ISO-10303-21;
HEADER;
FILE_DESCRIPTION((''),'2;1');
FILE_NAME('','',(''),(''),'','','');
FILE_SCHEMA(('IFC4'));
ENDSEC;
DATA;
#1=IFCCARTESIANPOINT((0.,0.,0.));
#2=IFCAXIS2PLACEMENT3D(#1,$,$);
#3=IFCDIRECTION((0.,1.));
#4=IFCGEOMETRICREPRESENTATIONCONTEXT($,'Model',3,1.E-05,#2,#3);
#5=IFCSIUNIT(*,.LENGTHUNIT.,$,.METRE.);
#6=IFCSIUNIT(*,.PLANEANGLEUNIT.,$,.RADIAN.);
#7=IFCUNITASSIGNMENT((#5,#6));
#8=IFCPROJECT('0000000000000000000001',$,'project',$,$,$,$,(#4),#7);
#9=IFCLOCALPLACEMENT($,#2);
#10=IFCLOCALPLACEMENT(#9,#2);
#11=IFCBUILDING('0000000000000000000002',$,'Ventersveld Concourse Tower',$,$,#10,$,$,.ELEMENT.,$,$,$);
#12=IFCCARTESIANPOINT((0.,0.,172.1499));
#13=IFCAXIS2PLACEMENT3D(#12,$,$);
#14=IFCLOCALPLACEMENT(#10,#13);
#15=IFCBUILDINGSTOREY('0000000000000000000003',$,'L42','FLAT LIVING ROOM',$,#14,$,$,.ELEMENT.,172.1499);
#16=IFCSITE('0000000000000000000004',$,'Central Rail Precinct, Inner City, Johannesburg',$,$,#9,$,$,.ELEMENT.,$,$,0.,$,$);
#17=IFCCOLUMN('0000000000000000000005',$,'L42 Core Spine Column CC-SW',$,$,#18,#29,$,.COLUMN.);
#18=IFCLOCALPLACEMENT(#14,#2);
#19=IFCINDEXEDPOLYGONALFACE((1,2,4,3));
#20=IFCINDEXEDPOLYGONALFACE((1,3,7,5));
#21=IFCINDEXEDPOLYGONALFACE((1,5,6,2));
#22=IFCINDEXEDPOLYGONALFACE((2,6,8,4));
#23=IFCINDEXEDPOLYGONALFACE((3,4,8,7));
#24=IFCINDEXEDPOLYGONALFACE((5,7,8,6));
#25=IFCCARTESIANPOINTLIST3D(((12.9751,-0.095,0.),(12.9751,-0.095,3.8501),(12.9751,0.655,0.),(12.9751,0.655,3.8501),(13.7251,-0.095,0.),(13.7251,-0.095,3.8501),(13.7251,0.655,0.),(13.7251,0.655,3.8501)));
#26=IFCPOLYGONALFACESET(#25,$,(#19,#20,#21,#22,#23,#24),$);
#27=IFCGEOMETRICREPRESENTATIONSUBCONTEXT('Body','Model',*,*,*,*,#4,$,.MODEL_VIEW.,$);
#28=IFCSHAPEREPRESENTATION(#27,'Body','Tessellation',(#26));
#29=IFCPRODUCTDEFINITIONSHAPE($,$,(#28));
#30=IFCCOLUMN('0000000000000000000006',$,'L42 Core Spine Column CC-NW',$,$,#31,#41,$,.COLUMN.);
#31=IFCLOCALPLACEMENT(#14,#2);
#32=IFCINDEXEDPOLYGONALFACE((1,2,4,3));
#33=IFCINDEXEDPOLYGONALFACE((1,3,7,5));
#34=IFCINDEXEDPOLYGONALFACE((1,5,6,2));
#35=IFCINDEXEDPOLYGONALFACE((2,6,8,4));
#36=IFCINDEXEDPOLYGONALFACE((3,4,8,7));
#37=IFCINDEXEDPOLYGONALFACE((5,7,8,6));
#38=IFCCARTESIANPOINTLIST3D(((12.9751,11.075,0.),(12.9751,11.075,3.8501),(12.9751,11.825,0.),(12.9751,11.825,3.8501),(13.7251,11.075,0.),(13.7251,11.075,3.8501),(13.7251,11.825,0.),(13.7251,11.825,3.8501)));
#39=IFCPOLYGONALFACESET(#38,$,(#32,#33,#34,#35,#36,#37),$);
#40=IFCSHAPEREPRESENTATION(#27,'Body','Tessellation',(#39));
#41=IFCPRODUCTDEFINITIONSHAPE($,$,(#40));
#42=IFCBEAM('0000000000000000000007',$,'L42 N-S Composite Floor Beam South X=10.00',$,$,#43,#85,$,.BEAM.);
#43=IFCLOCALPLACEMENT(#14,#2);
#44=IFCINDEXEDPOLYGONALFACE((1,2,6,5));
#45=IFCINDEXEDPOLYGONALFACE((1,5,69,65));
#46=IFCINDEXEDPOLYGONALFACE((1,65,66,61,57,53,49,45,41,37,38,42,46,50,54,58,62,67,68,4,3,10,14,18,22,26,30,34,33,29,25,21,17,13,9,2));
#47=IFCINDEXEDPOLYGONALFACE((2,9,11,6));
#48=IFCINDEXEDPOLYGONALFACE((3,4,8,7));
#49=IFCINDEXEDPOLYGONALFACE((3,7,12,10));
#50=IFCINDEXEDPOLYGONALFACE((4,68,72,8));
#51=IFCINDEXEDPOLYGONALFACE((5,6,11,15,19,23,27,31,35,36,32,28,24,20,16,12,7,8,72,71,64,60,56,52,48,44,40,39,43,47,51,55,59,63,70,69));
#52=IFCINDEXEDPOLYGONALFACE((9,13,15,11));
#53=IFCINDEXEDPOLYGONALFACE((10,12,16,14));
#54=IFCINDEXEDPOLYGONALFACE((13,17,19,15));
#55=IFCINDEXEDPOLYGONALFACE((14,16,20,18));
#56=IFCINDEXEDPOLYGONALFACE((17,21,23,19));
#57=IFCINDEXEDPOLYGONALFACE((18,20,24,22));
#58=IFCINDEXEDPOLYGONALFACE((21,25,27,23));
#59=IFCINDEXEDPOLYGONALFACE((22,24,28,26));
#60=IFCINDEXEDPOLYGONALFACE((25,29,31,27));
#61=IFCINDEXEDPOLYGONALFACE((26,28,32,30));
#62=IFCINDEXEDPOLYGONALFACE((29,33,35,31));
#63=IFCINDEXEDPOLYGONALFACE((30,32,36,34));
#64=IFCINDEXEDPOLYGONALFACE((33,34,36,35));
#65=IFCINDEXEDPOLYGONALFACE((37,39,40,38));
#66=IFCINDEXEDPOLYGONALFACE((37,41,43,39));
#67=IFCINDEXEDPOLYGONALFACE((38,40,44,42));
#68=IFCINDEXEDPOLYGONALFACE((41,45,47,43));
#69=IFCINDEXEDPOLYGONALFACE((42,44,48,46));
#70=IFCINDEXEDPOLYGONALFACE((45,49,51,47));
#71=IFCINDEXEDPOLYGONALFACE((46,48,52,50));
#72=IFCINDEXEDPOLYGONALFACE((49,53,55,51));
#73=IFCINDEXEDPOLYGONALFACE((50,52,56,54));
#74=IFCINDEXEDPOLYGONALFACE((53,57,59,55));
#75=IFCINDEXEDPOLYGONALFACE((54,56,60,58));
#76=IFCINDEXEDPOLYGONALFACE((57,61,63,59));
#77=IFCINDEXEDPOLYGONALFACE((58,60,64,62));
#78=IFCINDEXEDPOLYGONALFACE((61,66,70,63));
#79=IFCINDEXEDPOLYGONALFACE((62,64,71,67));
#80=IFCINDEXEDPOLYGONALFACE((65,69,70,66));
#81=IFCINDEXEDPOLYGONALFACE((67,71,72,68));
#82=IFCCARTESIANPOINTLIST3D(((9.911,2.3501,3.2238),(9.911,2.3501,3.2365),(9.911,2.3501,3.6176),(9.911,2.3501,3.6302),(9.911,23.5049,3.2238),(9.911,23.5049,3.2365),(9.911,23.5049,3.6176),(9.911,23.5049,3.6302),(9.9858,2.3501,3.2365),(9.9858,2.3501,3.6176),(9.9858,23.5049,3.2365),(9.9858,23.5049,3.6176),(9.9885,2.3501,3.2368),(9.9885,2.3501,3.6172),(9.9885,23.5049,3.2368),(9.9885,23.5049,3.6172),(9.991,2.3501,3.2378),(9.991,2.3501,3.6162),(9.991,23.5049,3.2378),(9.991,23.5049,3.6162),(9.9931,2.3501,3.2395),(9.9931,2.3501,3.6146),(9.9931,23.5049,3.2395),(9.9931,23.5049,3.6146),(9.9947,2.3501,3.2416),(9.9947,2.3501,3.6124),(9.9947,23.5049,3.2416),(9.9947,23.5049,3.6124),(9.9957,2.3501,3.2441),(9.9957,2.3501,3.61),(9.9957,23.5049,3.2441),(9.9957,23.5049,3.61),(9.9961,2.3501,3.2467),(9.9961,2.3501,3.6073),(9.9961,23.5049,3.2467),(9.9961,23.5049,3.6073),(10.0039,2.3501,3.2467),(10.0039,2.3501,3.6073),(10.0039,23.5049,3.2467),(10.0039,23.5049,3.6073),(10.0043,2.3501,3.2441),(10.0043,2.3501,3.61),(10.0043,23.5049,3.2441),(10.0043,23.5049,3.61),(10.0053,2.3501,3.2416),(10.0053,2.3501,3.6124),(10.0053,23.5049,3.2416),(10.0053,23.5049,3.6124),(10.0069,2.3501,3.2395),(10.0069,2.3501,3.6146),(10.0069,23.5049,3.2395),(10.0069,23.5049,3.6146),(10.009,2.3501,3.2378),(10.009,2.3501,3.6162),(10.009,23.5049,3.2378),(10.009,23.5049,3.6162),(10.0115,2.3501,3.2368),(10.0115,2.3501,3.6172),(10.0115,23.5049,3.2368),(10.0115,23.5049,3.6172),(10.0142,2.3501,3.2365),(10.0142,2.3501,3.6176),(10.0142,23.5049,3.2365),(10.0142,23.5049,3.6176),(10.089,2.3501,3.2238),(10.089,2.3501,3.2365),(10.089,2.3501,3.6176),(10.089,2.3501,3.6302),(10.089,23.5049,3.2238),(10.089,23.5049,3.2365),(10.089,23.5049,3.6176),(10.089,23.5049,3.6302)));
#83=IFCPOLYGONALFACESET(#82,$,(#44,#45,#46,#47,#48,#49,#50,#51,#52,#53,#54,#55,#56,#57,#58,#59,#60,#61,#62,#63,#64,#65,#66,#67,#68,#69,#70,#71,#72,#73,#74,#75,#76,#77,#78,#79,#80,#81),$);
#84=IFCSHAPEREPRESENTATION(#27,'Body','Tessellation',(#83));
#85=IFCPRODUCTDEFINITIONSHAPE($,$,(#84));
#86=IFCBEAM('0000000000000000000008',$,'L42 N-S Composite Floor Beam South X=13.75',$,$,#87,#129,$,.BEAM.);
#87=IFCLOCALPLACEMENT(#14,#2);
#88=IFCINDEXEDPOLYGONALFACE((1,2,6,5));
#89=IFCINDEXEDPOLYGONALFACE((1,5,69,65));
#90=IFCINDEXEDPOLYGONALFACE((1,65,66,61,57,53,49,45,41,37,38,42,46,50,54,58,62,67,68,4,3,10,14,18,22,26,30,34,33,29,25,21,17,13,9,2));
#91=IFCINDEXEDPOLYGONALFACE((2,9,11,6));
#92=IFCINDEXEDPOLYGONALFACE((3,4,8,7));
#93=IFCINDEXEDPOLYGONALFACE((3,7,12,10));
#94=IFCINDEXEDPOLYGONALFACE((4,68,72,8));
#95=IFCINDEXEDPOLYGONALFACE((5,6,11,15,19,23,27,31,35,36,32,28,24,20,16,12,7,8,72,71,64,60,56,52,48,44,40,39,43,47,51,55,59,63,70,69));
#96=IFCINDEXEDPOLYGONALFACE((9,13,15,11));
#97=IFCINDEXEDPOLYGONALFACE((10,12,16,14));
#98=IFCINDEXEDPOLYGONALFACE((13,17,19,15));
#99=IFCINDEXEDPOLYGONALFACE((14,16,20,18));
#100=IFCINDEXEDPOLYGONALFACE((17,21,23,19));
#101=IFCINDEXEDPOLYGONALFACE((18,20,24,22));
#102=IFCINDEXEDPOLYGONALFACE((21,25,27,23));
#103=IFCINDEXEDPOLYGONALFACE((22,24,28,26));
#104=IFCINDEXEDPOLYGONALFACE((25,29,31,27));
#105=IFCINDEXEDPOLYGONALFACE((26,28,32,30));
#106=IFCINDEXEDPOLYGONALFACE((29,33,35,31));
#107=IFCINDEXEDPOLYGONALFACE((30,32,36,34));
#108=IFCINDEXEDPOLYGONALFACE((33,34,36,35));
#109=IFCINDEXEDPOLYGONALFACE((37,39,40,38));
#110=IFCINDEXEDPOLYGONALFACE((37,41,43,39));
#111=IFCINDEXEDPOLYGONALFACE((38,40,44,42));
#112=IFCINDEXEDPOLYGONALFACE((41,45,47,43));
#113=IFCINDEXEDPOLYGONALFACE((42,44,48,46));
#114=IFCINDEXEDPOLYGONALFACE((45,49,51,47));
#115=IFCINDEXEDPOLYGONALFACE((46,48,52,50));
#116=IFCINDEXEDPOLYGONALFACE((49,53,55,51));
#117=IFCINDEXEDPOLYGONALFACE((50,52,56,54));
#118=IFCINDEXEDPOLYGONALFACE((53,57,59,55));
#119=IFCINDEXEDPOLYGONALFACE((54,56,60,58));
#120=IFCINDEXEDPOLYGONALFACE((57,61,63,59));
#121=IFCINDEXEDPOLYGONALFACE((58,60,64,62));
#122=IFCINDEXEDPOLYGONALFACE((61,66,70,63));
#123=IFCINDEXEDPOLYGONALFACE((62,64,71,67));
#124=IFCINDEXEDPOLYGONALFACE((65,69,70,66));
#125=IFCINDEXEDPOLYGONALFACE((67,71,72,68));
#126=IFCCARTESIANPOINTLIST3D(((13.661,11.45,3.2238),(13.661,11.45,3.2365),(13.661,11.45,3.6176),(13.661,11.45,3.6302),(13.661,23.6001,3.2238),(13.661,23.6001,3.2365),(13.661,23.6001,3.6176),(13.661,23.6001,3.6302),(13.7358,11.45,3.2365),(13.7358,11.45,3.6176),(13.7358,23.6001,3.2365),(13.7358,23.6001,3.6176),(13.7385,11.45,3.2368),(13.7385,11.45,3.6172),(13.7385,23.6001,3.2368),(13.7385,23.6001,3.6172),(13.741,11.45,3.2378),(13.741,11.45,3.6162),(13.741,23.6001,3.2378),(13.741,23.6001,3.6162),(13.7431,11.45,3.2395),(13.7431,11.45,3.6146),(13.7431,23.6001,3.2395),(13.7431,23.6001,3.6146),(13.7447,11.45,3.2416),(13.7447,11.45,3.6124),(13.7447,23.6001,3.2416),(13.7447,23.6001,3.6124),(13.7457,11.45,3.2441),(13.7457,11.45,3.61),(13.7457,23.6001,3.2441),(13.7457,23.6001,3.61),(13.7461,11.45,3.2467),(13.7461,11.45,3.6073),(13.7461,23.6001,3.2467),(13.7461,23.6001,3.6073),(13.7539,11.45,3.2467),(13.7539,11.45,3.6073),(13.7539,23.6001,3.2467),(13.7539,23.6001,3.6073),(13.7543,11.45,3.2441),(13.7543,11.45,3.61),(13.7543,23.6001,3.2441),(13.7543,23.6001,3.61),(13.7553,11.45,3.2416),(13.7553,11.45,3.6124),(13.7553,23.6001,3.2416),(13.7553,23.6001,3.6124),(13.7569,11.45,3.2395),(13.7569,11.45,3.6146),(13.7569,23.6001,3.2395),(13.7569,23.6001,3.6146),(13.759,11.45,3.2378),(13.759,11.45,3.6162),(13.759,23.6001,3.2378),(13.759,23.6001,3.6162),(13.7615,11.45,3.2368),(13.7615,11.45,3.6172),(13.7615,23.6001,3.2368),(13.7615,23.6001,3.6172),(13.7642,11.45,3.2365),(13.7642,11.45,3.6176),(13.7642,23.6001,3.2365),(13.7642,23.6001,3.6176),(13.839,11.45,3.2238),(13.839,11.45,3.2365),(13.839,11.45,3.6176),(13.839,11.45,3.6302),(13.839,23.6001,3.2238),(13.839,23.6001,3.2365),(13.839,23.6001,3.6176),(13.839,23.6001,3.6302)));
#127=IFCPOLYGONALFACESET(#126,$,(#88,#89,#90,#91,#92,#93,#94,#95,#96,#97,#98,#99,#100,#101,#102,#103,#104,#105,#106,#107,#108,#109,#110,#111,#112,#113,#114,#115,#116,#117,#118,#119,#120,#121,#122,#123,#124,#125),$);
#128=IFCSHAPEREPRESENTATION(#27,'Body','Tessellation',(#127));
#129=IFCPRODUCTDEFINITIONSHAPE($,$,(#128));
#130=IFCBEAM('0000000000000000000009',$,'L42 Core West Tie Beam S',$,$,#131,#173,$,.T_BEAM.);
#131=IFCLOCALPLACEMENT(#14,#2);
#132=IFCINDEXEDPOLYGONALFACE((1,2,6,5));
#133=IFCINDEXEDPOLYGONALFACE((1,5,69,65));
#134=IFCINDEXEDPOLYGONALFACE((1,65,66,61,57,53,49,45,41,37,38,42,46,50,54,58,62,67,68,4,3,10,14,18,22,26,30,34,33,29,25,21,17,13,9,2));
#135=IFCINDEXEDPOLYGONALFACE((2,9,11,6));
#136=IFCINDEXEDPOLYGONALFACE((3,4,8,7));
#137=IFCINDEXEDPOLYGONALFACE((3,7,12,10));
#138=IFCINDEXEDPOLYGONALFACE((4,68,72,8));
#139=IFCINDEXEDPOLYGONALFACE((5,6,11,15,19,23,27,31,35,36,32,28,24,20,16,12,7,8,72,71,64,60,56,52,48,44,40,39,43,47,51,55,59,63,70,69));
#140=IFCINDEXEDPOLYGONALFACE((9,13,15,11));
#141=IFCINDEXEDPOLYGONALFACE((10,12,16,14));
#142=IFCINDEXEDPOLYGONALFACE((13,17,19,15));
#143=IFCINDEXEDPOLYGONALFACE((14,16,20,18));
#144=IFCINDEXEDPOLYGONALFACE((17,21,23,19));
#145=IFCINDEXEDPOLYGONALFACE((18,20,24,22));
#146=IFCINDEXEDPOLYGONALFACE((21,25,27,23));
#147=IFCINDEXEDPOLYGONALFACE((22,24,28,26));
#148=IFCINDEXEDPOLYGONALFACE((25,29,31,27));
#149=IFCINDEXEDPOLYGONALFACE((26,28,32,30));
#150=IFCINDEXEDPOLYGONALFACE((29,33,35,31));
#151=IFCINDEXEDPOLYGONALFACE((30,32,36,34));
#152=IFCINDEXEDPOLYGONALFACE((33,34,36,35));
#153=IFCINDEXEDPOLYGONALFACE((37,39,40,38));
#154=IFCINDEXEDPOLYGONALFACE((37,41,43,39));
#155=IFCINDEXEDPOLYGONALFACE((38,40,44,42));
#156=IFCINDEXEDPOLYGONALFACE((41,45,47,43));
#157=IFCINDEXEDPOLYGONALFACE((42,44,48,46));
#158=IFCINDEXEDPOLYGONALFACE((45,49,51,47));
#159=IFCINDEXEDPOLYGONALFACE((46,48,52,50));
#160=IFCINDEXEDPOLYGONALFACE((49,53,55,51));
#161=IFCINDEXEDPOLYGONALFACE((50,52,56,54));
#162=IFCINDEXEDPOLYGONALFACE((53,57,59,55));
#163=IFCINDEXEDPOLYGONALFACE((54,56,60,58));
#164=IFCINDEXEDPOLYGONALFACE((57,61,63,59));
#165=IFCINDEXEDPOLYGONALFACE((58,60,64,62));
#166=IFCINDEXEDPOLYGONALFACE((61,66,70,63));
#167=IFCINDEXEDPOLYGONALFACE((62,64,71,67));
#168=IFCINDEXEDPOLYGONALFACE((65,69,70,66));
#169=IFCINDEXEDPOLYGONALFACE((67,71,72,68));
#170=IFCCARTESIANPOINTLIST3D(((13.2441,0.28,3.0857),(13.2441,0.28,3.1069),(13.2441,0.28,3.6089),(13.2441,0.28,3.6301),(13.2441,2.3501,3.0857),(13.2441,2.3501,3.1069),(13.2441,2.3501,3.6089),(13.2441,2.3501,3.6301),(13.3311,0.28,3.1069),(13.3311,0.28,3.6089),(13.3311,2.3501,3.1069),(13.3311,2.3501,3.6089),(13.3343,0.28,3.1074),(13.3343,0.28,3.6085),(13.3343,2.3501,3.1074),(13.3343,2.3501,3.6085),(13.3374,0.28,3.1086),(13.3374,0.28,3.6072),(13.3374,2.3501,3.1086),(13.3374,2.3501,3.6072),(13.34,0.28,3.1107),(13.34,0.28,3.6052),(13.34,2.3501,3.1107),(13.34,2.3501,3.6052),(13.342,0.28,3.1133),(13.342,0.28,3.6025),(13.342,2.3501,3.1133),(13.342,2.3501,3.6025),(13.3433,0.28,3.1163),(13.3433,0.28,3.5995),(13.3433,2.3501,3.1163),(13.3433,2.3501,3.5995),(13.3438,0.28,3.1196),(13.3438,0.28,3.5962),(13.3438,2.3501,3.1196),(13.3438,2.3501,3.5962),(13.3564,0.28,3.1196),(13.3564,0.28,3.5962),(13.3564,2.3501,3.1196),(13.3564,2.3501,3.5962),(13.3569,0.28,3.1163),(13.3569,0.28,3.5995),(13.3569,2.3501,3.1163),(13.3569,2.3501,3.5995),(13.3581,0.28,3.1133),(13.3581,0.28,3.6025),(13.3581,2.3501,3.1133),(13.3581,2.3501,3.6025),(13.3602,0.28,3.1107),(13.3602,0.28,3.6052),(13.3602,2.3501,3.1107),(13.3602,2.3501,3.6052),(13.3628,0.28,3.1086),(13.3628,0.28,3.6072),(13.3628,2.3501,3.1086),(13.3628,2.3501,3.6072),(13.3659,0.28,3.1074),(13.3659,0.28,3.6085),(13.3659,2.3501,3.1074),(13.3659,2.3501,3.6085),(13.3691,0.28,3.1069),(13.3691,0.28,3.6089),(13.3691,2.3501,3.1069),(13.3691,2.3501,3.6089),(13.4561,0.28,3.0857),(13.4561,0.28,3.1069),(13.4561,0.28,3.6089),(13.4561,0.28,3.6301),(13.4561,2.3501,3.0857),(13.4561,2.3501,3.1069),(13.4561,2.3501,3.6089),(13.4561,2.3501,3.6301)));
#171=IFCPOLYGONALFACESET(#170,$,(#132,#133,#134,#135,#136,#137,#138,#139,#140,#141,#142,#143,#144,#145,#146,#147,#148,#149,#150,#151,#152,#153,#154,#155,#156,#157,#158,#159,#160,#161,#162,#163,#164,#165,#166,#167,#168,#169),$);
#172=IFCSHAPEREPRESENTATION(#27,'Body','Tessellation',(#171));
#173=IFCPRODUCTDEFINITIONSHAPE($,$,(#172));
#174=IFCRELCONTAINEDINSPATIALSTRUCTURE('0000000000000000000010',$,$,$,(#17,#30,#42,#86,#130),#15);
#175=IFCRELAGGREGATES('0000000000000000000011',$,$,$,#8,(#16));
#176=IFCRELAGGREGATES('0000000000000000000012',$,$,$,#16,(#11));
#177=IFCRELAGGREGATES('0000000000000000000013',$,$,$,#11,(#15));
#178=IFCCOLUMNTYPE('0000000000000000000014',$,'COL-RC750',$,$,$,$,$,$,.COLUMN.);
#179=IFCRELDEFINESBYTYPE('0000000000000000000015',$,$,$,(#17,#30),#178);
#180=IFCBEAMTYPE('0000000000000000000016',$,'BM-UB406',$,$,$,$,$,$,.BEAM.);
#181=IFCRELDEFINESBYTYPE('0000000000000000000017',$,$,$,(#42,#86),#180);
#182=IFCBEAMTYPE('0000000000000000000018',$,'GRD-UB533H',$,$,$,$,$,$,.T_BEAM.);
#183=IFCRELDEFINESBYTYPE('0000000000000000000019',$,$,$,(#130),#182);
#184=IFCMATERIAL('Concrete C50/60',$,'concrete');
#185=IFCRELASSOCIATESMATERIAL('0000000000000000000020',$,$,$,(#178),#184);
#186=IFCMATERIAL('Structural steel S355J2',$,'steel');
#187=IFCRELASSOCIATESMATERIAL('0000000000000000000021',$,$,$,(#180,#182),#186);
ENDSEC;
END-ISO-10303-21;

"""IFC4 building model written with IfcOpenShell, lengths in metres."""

from ifc_helpers import new_model, si_unit, direction, frame, origin, origin_2d, place, context, subcontext, project, spatial, rectangle, i_section, extrude, material, material_profile, profile_set, type_object, element, save


model = new_model("IFC4")

# Units and contexts
model_context = context("Model", 3, precision=1e-05, world=origin(), true_north=direction((0.0, 1.0)))
body_context = subcontext(model_context, "Body", "Model", "MODEL_VIEW")
ifc_project = project(units=[si_unit("LENGTHUNIT", "METRE"), si_unit("PLANEANGLEUNIT", "RADIAN")], contexts=[model_context])

# Site, building, storey
site_placement = place(None, origin())
site = spatial("IfcSite", under=ifc_project, at=site_placement, Name="Central Rail Precinct, Inner City, Johannesburg", CompositionType="ELEMENT", RefElevation=0.0)
building_placement = place(site_placement, origin())
building = spatial("IfcBuilding", under=site, at=building_placement, Name="Ventersveld Concourse Tower", CompositionType="ELEMENT")
storey_placement = place(building_placement, frame((0.0, 0.0, 172.1499)))
storey = spatial("IfcBuildingStorey", under=building, at=storey_placement, Name="L42", Description="FLAT LIVING ROOM", CompositionType="ELEMENT", Elevation=172.1499)

# Columns
ifc_material_1 = material(Name="Concrete C50/60", Category="concrete")
ifc_material_profile_1 = material_profile(ifc_material_1, rectangle(XDim=0.75, YDim=0.75, at=origin_2d()), Name="RC 750x750")
ifc_profile_set_1 = profile_set([ifc_material_profile_1], Name="Concrete C50/60")
column_type = type_object("IfcColumnType", Name="COL-RC750", PredefinedType="COLUMN", material=ifc_profile_set_1)
for number, where, z_axis, x_axis, name in (
    (1, (13.3501, 0.28, 0.0), (0.0, 0.0, 1.0), (1.0, 0.0, 0.0), "L42 Core Spine Column CC-SW"),
    (2, (13.3501, 11.45, 0.0), (0.0, 0.0, 1.0), (1.0, 0.0, 0.0), "L42 Core Spine Column CC-NW"),
):
    element("IfcColumn", number, at=place(storey_placement, frame(where, z_axis=z_axis, x_axis=x_axis)), inside=storey, type_object=column_type, Name=name, PredefinedType="COLUMN", context=body_context, shape_type="SweptSolid", body=[
        extrude(rectangle(XDim=0.75, YDim=0.75, at=origin_2d()), origin(), (0.0, 0.0, 1.0), 3.8501),
    ])

# Beams
ifc_material_2 = material(Name="Structural steel S355J2", Category="steel")
ifc_material_profile_2 = material_profile(ifc_material_2, i_section(OverallWidth=0.178, OverallDepth=0.4065, WebThickness=0.0078, FlangeThickness=0.0127, FilletRadius=0.0103, at=origin_2d()), Name="UB 406x178x60")
ifc_profile_set_2 = profile_set([ifc_material_profile_2], Name="Structural steel S355J2")
beam_type_1 = type_object("IfcBeamType", Name="BM-UB406", PredefinedType="BEAM", material=ifc_profile_set_2)
beam_1_placement = place(storey_placement, frame((10.0, 2.3501, 3.427), z_axis=(0.0, 1.0, 0.0), x_axis=(-1.0, 0.0, 0.0)))
element("IfcBeam", 3, at=beam_1_placement, inside=storey, type_object=beam_type_1, Name="L42 N-S Composite Floor Beam South X=10.00", PredefinedType="BEAM", context=body_context, shape_type="SweptSolid", body=[
    extrude(i_section(OverallWidth=0.178, OverallDepth=0.4065, WebThickness=0.0078, FlangeThickness=0.0127, FilletRadius=0.0103, at=origin_2d()), origin(), (0.0, 0.0, 1.0), 21.1548),
])
beam_2_placement = place(storey_placement, frame((13.75, 11.45, 3.427), z_axis=(0.0, 1.0, 0.0), x_axis=(-1.0, 0.0, 0.0)))
element("IfcBeam", 4, at=beam_2_placement, inside=storey, type_object=beam_type_1, Name="L42 N-S Composite Floor Beam South X=13.75", PredefinedType="BEAM", context=body_context, shape_type="SweptSolid", body=[
    extrude(i_section(OverallWidth=0.178, OverallDepth=0.4065, WebThickness=0.0078, FlangeThickness=0.0127, FilletRadius=0.0103, at=origin_2d()), origin(), (0.0, 0.0, 1.0), 12.1501),
])
ifc_material_profile_3 = material_profile(ifc_material_2, i_section(OverallWidth=0.2119, OverallDepth=0.5444, WebThickness=0.0127, FlangeThickness=0.0212, FilletRadius=0.0127, at=origin_2d()), Name="UB 533x210x122")
ifc_profile_set_3 = profile_set([ifc_material_profile_3], Name="Structural steel S355J2")
beam_type_2 = type_object("IfcBeamType", Name="GRD-UB533H", PredefinedType="T_BEAM", material=ifc_profile_set_3)
beam_3_placement = place(storey_placement, frame((13.3501, 0.28, 3.3579), z_axis=(0.0, 1.0, 0.0), x_axis=(-1.0, 0.0, 0.0)))
element("IfcBeam", 5, at=beam_3_placement, inside=storey, type_object=beam_type_2, Name="L42 Core West Tie Beam S", PredefinedType="T_BEAM", context=body_context, shape_type="SweptSolid", body=[
    extrude(i_section(OverallWidth=0.2119, OverallDepth=0.5444, WebThickness=0.0127, FlangeThickness=0.0212, FilletRadius=0.0127, at=origin_2d()), origin(), (0.0, 0.0, 1.0), 2.0701),
])

save(model, "model.ifc")
